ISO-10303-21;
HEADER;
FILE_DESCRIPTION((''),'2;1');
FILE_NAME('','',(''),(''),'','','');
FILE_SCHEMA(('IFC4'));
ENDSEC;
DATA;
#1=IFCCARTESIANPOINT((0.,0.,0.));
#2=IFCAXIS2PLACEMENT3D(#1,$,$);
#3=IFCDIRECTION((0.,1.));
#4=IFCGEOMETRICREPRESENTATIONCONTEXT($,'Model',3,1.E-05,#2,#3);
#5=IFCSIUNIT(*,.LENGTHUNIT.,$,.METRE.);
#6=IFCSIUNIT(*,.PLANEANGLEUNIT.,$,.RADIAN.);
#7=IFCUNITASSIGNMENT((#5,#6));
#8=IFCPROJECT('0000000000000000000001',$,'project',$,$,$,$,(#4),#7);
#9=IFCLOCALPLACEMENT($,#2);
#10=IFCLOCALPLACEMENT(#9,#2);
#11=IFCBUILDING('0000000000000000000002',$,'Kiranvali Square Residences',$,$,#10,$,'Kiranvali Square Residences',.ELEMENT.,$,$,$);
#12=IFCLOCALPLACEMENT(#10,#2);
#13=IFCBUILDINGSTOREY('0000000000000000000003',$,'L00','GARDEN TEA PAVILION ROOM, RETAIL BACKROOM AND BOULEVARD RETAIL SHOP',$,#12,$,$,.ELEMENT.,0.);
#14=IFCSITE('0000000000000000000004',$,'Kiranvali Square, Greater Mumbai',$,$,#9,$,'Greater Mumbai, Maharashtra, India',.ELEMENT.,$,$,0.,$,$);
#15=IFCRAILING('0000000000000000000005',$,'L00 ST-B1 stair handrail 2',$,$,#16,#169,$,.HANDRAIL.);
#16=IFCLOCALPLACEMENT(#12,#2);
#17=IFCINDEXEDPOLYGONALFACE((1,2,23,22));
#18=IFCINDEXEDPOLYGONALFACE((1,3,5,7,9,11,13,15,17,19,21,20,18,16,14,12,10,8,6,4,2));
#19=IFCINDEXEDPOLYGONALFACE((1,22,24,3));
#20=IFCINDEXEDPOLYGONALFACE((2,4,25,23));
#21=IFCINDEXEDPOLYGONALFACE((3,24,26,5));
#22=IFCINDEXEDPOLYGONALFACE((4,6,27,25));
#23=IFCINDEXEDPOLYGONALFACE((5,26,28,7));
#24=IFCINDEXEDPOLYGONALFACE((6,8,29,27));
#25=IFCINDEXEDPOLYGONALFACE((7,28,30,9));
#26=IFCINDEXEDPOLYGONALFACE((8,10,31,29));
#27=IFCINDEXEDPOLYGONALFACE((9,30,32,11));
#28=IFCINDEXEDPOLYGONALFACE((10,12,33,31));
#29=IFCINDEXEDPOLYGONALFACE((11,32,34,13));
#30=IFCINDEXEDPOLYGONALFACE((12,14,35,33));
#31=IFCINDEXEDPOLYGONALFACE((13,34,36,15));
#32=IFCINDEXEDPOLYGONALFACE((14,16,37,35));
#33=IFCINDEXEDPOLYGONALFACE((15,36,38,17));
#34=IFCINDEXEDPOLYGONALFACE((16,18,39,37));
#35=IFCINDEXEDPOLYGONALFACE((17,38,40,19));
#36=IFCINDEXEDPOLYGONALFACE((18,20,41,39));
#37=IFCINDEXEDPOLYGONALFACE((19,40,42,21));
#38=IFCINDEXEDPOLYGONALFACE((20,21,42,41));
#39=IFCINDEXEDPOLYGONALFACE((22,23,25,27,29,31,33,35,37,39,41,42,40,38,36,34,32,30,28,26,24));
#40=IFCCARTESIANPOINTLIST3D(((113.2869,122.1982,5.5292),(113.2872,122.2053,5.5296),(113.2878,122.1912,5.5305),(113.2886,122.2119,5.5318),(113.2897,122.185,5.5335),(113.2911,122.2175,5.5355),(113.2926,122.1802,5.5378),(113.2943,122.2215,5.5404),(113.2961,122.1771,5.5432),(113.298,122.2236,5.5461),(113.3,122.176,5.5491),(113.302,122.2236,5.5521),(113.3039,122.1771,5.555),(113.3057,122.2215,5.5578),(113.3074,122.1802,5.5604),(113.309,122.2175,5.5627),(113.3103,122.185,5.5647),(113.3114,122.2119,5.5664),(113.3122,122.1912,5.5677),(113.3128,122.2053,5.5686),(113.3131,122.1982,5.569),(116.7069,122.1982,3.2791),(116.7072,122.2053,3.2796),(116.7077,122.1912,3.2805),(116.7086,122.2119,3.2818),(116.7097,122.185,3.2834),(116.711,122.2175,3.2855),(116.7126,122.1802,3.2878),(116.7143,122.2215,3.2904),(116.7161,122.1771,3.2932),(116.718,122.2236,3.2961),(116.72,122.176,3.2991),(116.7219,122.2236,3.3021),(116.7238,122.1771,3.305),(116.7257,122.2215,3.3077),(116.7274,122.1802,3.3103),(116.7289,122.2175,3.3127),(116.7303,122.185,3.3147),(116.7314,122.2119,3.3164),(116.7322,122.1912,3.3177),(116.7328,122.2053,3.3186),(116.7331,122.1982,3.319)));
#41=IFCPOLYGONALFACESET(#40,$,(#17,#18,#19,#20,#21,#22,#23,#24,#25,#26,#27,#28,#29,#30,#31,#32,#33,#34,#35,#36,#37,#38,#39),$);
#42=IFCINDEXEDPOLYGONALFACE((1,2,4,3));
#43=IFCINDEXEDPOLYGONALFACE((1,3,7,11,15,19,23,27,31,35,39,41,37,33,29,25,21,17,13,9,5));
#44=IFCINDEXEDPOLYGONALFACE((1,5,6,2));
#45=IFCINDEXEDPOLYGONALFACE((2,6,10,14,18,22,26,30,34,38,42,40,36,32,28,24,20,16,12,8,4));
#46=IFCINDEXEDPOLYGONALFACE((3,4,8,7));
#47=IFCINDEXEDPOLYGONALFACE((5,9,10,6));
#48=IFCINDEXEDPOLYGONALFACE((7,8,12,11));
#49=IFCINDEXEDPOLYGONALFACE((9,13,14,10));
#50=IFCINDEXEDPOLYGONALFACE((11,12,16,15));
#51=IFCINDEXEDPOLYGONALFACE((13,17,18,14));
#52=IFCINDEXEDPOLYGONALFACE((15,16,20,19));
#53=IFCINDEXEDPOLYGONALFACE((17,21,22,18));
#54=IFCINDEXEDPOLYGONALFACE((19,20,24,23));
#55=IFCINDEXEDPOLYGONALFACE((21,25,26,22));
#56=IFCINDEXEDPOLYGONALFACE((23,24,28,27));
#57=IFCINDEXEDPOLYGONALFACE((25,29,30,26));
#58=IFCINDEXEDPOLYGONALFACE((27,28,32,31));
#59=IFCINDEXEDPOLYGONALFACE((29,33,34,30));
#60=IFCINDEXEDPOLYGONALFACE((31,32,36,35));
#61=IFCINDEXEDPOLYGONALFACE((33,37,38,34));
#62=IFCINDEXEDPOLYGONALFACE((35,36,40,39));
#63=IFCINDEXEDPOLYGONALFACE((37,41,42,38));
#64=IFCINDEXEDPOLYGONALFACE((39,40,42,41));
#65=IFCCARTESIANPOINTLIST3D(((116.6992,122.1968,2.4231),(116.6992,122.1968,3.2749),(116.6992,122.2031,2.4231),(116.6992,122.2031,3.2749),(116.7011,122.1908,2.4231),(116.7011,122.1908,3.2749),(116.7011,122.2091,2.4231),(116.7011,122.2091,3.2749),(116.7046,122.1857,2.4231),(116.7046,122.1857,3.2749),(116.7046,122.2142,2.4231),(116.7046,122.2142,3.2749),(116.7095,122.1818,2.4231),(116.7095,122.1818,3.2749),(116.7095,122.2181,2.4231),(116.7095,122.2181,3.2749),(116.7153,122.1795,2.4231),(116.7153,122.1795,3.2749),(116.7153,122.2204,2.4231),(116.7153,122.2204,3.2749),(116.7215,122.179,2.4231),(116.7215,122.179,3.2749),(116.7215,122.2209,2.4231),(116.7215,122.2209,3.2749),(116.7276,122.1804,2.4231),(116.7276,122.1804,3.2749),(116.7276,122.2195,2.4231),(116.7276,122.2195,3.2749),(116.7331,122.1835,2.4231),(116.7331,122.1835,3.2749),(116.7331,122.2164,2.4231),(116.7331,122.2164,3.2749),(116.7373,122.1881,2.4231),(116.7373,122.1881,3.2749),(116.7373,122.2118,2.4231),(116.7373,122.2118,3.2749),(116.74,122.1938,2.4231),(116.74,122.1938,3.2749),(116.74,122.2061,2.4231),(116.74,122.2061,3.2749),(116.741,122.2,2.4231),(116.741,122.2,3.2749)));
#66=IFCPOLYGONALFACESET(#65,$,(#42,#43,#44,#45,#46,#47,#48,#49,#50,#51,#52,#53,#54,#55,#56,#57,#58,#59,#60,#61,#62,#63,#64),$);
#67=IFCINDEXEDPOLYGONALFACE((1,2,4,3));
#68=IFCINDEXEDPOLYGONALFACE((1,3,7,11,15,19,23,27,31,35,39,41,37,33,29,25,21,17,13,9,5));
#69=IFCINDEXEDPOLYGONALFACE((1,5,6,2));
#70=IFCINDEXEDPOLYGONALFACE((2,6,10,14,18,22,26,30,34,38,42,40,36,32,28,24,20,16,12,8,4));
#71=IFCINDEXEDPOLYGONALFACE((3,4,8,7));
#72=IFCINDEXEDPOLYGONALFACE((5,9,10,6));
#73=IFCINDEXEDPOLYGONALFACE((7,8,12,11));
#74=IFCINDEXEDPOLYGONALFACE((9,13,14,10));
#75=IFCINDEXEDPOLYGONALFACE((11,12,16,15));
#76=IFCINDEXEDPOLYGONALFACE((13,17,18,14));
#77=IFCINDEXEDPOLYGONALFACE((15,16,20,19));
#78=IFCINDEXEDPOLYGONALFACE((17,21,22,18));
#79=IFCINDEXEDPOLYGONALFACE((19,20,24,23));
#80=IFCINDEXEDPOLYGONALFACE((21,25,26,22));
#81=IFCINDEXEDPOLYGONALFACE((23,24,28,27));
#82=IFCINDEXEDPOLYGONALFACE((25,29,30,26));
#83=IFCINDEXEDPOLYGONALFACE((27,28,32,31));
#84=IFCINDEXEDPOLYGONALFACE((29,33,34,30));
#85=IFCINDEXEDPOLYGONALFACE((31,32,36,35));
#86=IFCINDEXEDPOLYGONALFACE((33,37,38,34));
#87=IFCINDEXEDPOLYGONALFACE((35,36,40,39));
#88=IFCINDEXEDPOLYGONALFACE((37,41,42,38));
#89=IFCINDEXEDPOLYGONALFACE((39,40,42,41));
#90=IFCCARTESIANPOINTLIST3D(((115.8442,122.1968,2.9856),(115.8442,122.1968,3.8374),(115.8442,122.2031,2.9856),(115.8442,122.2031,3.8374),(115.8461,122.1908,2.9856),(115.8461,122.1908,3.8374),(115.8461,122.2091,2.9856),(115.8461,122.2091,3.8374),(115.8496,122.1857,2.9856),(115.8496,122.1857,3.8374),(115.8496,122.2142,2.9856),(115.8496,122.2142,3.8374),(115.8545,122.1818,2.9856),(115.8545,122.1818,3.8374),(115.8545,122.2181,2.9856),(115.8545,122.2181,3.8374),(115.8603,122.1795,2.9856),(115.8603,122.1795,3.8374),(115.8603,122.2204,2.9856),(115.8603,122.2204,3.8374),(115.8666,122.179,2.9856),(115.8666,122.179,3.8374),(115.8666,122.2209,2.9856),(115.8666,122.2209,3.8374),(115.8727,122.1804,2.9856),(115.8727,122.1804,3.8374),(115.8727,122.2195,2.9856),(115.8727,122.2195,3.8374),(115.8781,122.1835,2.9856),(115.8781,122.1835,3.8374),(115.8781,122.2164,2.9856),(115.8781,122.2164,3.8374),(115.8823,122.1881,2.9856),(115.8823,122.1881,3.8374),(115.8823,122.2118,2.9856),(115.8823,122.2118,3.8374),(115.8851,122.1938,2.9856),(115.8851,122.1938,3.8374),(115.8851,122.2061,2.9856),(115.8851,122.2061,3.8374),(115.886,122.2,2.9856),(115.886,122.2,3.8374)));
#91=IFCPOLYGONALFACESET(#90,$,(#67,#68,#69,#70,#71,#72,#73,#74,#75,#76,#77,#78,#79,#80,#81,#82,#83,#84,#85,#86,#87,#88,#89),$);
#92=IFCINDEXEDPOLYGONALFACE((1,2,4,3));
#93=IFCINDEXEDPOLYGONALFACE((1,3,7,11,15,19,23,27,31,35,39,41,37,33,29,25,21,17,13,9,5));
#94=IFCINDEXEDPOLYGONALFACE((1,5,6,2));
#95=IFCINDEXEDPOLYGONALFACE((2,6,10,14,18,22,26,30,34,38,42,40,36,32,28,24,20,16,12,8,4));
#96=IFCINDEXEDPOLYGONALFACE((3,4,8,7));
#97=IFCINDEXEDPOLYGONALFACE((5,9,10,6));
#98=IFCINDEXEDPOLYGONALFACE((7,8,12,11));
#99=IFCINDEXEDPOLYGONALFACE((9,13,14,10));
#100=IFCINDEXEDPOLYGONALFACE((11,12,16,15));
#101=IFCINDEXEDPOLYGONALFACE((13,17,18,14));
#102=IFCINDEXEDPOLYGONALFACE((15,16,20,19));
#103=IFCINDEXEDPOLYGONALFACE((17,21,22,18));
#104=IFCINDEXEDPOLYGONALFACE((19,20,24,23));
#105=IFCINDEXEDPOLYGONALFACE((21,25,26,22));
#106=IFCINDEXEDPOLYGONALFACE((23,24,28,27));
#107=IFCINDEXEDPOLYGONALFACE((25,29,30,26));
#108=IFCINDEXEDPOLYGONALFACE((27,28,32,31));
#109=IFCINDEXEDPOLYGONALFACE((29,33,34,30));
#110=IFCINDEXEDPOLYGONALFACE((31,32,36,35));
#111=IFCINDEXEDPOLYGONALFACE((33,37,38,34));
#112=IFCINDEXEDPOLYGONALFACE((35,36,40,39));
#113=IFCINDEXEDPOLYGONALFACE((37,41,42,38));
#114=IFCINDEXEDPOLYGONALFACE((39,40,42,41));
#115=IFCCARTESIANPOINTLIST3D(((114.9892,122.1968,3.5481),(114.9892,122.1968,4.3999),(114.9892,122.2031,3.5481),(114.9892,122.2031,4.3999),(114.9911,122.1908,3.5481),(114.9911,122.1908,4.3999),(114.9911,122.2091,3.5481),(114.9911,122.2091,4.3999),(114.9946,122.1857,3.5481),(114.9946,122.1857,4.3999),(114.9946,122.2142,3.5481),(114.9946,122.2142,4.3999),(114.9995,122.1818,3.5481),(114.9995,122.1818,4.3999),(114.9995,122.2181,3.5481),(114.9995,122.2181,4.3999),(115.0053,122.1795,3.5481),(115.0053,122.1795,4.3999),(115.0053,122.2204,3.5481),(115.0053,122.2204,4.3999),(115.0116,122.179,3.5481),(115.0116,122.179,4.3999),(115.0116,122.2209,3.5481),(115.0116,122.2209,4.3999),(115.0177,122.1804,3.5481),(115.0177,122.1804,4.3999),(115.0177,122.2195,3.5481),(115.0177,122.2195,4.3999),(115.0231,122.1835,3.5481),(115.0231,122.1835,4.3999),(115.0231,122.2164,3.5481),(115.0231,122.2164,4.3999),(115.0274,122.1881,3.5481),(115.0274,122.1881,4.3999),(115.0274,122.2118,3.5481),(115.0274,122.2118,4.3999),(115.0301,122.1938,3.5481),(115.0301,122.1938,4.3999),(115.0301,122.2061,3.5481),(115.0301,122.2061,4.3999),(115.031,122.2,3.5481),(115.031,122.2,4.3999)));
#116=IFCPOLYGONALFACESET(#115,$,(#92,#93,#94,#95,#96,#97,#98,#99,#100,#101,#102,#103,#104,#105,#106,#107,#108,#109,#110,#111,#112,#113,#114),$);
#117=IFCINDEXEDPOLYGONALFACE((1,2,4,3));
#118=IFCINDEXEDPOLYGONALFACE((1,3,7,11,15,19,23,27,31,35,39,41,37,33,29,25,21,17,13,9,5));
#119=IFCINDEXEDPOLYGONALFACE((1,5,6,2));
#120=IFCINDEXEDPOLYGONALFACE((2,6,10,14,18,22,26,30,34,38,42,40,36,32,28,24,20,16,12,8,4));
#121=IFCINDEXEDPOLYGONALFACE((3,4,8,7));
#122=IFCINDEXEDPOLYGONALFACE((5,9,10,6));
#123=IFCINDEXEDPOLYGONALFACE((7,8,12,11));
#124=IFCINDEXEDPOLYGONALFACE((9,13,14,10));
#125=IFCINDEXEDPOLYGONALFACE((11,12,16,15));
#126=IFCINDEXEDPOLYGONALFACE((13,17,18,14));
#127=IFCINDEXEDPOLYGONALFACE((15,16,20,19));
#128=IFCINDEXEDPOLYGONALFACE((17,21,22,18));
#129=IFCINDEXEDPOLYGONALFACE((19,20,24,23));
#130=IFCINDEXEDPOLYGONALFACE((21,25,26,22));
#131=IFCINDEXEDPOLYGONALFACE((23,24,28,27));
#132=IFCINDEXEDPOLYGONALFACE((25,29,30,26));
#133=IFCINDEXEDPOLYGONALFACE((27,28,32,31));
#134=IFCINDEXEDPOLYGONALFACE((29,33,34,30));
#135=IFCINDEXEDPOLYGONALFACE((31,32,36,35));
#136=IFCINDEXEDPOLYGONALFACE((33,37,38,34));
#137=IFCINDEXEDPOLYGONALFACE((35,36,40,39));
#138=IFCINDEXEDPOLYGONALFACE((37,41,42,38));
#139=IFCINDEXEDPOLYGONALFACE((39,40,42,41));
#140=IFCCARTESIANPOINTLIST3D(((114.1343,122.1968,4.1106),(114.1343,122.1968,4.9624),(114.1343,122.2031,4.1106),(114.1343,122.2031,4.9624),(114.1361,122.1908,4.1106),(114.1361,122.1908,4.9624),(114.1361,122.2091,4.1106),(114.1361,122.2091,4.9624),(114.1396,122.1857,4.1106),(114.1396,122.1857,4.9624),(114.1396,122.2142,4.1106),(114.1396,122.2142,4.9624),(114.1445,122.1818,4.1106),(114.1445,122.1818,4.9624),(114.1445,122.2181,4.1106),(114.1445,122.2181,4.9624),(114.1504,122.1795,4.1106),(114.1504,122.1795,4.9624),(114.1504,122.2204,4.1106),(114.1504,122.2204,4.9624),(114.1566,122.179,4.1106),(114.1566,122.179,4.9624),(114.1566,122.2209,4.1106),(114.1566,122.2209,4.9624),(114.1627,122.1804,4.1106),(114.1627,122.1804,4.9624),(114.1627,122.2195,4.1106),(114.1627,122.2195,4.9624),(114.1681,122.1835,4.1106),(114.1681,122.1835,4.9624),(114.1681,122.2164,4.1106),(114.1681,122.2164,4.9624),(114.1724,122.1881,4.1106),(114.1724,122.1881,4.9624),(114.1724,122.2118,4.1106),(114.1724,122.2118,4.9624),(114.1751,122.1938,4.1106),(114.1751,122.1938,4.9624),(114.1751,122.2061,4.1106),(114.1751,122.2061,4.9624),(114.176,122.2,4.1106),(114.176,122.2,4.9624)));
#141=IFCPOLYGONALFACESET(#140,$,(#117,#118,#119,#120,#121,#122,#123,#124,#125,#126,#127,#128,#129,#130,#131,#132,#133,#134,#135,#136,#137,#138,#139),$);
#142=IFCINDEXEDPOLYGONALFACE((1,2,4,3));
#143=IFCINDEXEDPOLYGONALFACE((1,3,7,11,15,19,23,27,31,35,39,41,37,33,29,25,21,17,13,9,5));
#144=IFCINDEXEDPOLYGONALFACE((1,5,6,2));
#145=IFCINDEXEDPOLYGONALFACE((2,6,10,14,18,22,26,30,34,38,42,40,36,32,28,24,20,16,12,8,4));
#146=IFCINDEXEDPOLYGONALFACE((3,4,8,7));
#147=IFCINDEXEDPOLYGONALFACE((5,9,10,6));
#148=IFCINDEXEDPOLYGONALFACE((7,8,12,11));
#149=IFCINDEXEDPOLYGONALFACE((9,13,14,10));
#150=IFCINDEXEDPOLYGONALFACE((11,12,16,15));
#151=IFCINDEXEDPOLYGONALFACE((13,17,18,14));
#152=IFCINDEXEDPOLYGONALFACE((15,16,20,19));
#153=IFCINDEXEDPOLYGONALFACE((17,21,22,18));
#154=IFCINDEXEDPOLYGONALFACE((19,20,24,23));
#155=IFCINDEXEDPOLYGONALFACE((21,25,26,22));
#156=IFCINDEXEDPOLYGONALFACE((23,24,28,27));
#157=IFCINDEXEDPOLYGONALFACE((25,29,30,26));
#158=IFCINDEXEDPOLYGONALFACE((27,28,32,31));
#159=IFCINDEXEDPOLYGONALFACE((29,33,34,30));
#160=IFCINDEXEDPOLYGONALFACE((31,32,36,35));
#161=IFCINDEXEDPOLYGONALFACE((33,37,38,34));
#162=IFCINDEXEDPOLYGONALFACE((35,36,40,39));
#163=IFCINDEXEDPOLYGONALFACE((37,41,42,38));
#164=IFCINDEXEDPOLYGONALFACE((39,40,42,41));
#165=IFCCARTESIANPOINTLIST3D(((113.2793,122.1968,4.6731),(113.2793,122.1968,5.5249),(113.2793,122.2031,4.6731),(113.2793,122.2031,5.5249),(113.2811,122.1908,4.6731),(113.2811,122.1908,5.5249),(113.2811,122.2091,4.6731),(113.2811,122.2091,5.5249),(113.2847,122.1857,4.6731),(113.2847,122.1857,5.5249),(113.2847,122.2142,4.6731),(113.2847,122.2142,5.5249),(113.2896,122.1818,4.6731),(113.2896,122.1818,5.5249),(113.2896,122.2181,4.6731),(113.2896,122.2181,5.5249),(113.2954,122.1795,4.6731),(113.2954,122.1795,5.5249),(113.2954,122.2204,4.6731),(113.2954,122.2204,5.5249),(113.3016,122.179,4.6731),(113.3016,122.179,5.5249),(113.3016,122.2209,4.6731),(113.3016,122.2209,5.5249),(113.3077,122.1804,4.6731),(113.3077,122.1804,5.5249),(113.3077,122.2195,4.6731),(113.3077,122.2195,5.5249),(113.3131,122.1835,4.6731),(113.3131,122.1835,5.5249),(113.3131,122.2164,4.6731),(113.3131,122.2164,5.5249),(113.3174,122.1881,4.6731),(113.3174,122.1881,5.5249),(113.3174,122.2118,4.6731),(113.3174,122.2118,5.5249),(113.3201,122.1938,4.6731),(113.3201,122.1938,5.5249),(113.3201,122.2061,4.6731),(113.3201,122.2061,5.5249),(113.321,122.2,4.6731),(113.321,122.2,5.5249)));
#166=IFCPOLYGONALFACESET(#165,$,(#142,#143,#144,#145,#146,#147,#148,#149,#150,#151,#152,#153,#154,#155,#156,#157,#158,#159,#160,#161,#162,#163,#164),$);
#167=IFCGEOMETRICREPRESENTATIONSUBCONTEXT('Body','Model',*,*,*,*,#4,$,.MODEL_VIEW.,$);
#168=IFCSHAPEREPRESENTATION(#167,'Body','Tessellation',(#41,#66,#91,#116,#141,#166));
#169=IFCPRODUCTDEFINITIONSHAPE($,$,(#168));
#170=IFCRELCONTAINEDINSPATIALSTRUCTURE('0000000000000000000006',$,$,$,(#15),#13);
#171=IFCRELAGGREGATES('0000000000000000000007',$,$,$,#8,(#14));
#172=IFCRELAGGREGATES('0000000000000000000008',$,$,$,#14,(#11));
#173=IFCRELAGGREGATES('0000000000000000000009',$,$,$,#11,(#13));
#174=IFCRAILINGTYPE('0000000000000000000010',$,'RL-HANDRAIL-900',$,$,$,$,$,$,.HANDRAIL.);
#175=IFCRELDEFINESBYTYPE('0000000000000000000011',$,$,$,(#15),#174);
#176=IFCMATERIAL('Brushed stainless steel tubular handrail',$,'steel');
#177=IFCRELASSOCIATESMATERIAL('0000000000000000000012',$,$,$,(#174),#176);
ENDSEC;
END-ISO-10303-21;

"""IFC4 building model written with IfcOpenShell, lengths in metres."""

from ifc_helpers import new_model, si_unit, direction, frame, origin, origin_2d, place, context, subcontext, project, spatial, circle, extrude, material, type_object, element, save


model = new_model("IFC4")

# Units and contexts
model_context = context("Model", 3, precision=1e-05, world=origin(), true_north=direction((0.0, 1.0)))
body_context = subcontext(model_context, "Body", "Model", "MODEL_VIEW")
ifc_project = project(units=[si_unit("LENGTHUNIT", "METRE"), si_unit("PLANEANGLEUNIT", "RADIAN")], contexts=[model_context])

# Site, building, storey
site_placement = place(None, origin())
site = spatial("IfcSite", under=ifc_project, at=site_placement, Name="Kiranvali Square, Greater Mumbai", LongName="Greater Mumbai, Maharashtra, India", CompositionType="ELEMENT", RefElevation=0.0)
building_placement = place(site_placement, origin())
building = spatial("IfcBuilding", under=site, at=building_placement, Name="Kiranvali Square Residences", LongName="Kiranvali Square Residences", CompositionType="ELEMENT")
storey_placement = place(building_placement, origin())
storey = spatial("IfcBuildingStorey", under=building, at=storey_placement, Name="L00", Description="GARDEN TEA PAVILION ROOM, RETAIL BACKROOM AND BOULEVARD RETAIL SHOP", CompositionType="ELEMENT", Elevation=0.0)

# Railing
ifc_material_1 = material(Name="Brushed stainless steel tubular handrail", Category="steel")
railing_type_1 = type_object("IfcRailingType", Name="RL-HANDRAIL-900", PredefinedType="HANDRAIL", material=ifc_material_1)
railing_1_placement = place(storey_placement, frame((116.72, 122.2, 2.4231)))
element("IfcRailing", 1, at=railing_1_placement, inside=storey, type_object=railing_type_1, Name="L00 ST-B1 stair handrail 2", PredefinedType="HANDRAIL", context=body_context, shape_type="SweptSolid", body=[
    extrude(circle(Radius=0.0239, at=origin_2d()), frame((0.0, 0.0, 0.876), z_axis=(-0.835411, 0.0, 0.549625), x_axis=(0.0, -1.0, 0.0)), (0.0, 0.0, 1.0), 4.0938),
    extrude(circle(Radius=0.021, at=origin_2d()), origin(), (0.0, 0.0, 1.0), 0.8518),
    extrude(circle(Radius=0.021, at=origin_2d()), frame((-0.855, 0.0, 0.5625)), (0.0, 0.0, 1.0), 0.8518),
    extrude(circle(Radius=0.021, at=origin_2d()), frame((-1.71, 0.0, 1.125)), (0.0, 0.0, 1.0), 0.8518),
    extrude(circle(Radius=0.021, at=origin_2d()), frame((-2.5649, 0.0, 1.6875)), (0.0, 0.0, 1.0), 0.8518),
    extrude(circle(Radius=0.021, at=origin_2d()), frame((-3.4199, 0.0, 2.25)), (0.0, 0.0, 1.0), 0.8518),
])

save(model, "model.ifc")
